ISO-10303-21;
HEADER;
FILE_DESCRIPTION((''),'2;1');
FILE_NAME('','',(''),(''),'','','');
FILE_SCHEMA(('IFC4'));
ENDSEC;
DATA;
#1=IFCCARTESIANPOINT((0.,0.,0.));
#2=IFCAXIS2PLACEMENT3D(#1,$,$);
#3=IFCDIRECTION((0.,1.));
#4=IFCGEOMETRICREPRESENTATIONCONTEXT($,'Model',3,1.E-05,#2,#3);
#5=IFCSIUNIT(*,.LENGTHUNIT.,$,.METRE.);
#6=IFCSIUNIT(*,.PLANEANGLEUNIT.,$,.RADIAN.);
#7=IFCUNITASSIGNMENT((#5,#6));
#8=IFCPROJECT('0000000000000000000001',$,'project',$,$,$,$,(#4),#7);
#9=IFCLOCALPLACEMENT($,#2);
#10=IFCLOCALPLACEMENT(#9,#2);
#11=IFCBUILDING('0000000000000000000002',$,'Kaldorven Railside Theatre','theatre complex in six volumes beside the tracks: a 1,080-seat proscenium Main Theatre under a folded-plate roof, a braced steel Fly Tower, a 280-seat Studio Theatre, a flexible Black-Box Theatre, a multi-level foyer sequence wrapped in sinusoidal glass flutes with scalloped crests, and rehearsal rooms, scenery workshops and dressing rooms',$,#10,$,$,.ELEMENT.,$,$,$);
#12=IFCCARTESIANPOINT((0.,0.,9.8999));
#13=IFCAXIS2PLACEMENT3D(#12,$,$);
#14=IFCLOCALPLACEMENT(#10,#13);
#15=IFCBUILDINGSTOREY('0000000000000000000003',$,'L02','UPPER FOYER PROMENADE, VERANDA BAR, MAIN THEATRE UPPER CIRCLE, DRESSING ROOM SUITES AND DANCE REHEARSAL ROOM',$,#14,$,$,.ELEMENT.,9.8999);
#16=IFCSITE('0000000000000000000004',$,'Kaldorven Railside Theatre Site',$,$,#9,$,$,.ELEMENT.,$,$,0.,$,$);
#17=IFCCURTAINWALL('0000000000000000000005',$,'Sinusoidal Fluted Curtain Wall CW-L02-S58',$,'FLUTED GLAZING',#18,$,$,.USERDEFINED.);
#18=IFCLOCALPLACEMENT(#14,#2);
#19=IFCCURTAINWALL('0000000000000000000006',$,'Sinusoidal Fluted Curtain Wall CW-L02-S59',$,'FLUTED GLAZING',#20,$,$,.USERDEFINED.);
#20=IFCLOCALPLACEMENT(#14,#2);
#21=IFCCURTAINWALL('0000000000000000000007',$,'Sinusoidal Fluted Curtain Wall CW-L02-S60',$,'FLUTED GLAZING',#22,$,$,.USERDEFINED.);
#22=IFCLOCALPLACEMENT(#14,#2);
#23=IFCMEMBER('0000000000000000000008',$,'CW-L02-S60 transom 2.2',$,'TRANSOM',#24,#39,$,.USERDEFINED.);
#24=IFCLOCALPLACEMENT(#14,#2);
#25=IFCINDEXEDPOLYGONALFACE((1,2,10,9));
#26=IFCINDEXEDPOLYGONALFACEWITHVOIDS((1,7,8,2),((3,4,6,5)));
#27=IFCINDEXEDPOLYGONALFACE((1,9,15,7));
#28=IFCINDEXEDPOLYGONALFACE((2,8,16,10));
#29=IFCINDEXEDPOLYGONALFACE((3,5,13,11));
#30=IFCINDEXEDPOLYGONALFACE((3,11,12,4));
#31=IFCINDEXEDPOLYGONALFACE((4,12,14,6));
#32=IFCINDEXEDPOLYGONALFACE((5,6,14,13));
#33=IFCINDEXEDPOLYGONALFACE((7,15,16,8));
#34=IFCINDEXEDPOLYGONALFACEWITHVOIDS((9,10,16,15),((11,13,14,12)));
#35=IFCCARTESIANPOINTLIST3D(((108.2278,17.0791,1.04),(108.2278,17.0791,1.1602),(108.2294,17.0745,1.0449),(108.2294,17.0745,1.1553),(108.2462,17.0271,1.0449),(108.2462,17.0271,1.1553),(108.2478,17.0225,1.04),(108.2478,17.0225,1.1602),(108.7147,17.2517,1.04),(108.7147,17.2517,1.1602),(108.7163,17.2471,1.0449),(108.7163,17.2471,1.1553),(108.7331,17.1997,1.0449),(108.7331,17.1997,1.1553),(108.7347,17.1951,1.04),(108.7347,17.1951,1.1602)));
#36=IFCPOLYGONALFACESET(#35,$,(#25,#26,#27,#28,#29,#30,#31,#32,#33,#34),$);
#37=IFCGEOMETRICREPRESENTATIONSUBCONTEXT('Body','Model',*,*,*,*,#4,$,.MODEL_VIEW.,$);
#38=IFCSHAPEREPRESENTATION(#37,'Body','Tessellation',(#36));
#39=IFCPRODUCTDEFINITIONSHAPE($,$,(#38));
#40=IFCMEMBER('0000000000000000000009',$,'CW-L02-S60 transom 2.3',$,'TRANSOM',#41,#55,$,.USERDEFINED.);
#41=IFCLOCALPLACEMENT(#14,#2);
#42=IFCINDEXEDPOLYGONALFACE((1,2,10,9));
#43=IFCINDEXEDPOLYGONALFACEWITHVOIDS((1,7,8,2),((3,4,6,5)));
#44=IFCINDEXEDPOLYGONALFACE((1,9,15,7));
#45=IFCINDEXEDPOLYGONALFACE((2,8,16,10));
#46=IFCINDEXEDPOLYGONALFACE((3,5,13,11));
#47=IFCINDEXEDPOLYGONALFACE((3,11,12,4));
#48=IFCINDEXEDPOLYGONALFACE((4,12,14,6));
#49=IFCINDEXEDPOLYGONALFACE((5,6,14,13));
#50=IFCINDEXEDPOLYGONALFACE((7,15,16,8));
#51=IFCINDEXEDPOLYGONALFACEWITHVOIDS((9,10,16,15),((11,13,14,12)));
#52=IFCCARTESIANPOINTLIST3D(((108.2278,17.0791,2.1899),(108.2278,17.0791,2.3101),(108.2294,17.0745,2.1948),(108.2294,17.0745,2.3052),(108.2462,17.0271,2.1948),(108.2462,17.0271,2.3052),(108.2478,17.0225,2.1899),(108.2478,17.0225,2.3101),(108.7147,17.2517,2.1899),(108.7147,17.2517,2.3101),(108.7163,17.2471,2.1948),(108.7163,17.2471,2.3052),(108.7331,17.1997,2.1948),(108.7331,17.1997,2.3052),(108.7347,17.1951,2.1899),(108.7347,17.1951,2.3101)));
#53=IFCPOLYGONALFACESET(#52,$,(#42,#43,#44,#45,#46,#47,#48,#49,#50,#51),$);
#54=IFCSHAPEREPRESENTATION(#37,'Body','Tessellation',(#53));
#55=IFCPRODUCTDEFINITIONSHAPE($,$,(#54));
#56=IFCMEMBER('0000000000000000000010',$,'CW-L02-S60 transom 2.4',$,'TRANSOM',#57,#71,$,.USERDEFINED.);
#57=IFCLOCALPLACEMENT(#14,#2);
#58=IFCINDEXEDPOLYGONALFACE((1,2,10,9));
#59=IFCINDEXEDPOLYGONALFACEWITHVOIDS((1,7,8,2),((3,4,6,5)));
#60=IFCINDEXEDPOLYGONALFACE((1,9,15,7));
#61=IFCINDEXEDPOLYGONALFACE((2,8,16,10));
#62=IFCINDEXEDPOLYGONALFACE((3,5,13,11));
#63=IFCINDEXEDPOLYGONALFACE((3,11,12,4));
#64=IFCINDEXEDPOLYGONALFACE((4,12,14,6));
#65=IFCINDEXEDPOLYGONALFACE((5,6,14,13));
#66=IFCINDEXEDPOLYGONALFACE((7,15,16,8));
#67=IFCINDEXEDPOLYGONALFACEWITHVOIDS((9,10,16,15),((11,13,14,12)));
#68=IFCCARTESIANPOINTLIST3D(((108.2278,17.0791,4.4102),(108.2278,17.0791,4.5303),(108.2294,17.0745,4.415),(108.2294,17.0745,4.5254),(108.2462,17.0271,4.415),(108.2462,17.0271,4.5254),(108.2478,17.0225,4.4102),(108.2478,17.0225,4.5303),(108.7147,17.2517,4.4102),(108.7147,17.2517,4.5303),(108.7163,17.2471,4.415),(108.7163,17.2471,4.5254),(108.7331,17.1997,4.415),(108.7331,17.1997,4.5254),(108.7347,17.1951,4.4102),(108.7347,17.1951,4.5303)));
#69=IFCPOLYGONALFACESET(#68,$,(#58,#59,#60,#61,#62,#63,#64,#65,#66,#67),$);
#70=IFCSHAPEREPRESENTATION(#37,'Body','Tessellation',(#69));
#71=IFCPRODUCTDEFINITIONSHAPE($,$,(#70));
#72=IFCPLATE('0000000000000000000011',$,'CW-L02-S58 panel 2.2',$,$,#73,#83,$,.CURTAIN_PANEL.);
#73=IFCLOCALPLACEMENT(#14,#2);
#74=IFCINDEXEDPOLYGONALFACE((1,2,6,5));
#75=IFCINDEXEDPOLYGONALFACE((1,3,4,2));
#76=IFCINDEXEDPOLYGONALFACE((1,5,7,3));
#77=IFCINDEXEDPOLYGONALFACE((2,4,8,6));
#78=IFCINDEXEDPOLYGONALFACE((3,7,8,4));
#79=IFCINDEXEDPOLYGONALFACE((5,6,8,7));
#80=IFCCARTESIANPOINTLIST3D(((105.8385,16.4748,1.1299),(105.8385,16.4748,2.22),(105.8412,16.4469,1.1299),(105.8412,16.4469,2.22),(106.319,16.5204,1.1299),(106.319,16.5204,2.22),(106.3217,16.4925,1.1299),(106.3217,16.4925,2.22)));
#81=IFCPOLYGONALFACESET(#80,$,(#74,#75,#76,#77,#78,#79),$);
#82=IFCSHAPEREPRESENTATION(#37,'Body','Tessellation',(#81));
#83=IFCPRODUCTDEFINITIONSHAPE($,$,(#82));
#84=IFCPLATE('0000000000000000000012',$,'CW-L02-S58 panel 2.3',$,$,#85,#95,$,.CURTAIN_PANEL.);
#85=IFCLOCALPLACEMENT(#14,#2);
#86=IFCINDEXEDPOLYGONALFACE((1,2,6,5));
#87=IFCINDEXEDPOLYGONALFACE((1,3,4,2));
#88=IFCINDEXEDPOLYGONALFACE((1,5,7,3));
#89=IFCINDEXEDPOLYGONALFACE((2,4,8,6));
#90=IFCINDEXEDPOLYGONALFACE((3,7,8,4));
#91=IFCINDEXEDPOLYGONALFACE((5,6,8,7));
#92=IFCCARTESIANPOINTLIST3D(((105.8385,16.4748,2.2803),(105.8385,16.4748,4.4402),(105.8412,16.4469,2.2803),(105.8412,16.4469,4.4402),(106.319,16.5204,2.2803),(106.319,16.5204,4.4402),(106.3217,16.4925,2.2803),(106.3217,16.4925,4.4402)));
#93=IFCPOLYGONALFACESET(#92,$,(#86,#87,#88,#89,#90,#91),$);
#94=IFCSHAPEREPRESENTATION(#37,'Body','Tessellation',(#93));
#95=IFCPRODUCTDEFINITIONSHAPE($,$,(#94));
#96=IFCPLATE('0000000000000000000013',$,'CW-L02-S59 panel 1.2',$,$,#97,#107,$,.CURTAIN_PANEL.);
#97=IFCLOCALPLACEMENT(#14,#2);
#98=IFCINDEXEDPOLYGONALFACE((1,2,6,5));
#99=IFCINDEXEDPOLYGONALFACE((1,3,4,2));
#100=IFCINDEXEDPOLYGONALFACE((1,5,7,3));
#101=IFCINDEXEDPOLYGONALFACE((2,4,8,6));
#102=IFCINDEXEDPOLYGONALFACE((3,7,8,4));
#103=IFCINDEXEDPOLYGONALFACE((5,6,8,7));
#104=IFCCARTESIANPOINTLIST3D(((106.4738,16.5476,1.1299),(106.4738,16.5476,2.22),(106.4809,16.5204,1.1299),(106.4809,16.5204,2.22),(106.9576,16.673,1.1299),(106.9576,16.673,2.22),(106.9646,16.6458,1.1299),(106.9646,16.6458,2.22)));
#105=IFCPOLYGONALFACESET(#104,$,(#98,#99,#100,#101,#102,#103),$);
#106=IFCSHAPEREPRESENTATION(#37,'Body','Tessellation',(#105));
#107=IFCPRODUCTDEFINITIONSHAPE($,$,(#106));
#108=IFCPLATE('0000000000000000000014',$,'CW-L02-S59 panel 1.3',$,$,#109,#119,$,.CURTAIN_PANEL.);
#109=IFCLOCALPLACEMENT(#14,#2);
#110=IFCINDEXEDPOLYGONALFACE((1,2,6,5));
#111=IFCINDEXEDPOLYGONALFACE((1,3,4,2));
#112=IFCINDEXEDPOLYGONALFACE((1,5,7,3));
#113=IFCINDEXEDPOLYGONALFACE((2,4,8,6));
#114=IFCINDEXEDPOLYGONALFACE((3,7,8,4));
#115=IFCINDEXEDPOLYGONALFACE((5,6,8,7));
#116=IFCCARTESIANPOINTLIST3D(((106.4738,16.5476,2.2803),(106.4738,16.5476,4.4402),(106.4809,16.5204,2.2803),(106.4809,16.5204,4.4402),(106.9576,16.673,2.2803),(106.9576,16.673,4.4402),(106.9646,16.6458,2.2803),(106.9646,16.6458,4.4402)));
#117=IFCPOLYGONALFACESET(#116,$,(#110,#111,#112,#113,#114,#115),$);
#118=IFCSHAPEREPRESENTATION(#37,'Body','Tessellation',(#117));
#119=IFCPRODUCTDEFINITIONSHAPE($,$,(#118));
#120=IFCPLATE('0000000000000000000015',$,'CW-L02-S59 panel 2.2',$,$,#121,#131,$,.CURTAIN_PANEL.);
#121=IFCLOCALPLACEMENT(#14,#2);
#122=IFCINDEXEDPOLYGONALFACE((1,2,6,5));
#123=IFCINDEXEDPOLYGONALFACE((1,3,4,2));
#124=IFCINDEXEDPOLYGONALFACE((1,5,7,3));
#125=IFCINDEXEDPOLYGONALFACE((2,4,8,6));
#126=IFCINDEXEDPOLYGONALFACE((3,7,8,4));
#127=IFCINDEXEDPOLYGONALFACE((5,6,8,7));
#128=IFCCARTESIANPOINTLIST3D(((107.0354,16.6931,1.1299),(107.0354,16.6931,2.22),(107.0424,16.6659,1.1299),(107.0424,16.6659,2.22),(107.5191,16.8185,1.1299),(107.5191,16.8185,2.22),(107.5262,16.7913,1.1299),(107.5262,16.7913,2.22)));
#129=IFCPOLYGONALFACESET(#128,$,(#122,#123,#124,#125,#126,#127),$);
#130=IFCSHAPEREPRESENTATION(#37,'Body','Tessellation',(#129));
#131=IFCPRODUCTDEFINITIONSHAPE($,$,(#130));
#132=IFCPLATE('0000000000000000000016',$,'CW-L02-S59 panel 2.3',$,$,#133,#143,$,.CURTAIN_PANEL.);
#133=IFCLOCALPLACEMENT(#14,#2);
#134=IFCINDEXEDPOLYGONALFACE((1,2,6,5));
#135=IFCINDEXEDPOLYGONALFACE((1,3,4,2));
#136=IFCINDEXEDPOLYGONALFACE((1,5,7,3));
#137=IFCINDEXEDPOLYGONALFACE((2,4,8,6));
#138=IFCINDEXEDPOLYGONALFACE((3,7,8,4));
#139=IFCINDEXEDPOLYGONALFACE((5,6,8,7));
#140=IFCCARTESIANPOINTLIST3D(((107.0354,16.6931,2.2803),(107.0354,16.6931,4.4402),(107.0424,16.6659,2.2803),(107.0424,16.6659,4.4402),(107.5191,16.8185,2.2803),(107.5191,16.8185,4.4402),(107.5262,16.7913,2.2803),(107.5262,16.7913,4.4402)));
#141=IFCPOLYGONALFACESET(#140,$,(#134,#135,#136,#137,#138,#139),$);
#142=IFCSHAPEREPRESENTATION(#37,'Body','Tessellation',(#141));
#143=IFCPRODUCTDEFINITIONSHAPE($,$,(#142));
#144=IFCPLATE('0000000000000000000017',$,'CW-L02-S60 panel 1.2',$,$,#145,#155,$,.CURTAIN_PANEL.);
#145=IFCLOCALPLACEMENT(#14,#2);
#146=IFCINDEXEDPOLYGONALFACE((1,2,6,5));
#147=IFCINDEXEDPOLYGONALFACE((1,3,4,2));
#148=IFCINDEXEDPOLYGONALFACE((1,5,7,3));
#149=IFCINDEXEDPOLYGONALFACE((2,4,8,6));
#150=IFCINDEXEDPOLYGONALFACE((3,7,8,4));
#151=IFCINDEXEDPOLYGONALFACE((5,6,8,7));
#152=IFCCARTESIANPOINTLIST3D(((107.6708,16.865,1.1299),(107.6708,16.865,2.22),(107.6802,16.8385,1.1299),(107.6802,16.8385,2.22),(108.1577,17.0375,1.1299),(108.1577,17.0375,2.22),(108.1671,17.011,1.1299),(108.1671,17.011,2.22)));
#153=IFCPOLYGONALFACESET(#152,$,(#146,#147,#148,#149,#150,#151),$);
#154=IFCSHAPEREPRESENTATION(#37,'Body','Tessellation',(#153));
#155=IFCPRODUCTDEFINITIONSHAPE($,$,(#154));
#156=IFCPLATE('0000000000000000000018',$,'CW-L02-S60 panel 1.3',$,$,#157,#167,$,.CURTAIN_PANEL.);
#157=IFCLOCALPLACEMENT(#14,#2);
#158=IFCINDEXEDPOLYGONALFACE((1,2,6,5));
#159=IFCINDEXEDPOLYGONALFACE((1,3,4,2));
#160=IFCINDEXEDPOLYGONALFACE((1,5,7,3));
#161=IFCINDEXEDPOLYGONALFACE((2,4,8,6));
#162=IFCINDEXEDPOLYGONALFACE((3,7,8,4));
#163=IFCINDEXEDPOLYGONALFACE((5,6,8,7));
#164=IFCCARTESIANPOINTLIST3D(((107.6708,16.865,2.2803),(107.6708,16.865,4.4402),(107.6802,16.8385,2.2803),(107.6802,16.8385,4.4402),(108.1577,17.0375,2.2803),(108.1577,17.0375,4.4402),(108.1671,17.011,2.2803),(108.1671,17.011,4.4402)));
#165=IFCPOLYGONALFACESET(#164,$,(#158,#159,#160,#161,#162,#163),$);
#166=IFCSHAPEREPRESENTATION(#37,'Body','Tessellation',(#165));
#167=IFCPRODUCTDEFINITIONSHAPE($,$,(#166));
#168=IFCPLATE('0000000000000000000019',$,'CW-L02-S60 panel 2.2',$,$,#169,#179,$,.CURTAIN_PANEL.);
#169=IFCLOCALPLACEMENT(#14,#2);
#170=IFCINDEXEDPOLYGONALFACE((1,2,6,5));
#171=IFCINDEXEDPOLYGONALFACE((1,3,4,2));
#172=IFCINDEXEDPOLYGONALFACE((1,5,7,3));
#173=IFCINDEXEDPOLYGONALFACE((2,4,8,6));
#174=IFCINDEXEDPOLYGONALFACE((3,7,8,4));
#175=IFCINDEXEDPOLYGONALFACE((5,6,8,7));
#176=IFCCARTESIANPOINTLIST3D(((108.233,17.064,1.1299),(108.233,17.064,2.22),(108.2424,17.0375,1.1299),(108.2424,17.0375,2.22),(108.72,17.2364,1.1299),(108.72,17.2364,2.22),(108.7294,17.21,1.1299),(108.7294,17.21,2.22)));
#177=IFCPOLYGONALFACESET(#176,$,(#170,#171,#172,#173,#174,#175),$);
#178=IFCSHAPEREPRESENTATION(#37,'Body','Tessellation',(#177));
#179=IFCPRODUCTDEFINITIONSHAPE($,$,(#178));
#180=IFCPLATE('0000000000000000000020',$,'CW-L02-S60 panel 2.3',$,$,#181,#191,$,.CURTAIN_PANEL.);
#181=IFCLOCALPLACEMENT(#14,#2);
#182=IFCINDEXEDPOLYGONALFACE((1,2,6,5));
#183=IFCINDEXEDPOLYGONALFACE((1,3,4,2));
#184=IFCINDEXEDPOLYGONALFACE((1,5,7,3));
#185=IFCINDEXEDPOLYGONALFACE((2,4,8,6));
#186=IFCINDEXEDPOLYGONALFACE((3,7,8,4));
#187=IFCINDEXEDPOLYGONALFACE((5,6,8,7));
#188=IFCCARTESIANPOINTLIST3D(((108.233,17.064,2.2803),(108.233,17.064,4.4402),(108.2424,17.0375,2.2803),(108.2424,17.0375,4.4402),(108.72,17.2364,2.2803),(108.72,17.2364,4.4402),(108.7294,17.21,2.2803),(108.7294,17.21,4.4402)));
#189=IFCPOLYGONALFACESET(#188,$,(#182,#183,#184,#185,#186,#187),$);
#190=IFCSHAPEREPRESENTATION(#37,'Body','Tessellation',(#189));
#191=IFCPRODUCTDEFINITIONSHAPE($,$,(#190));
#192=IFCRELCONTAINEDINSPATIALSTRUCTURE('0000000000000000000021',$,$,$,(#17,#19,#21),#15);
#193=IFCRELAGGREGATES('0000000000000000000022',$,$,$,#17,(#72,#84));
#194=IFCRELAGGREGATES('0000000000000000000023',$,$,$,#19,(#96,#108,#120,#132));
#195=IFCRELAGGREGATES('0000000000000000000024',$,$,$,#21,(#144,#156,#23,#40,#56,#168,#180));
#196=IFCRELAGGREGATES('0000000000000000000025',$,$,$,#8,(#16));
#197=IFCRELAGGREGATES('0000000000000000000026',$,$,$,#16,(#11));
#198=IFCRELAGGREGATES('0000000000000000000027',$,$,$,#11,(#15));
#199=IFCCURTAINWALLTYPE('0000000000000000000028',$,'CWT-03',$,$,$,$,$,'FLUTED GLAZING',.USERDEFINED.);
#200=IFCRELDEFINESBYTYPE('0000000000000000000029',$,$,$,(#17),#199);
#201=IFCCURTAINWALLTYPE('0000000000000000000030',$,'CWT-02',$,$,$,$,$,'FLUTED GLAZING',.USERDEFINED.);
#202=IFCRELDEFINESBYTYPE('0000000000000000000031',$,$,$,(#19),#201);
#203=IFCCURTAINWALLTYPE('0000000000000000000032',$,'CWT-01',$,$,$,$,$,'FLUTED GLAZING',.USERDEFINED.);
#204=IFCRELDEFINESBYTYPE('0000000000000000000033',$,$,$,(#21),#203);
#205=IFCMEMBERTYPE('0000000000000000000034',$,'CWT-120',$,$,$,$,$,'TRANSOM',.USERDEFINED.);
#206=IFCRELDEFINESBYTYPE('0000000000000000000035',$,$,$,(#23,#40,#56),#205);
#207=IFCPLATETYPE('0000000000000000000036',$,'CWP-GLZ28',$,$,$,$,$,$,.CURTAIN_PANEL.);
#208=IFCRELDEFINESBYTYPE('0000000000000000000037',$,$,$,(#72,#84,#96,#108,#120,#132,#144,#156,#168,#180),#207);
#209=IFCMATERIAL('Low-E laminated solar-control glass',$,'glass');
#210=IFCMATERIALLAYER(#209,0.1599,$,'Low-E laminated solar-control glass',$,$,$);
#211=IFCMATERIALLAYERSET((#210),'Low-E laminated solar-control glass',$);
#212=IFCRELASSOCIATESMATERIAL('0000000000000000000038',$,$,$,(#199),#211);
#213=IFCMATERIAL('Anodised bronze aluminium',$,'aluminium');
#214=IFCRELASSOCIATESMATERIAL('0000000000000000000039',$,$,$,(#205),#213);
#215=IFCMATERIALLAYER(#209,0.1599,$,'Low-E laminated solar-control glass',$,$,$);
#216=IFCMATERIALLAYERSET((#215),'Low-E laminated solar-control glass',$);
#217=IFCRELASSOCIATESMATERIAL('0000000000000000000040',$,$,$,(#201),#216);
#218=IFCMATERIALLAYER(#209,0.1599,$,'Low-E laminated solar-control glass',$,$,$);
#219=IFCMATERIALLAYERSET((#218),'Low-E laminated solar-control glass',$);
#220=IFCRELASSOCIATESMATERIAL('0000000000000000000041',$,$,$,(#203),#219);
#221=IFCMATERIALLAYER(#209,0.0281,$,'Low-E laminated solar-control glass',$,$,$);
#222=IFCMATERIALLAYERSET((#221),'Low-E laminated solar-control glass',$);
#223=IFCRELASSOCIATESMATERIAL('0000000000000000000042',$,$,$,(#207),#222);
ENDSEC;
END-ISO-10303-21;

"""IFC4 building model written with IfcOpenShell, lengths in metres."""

from ifc_helpers import new_model, si_unit, direction, frame, origin, origin_2d, place, context, subcontext, project, spatial, rectangle, hollow_rectangle, extrude, material, layer, layer_set, material_profile, profile_set, type_object, element, aggregate, save


model = new_model("IFC4")

# Units and contexts
model_context = context("Model", 3, precision=1e-05, world=origin(), true_north=direction((0.0, 1.0)))
body_context = subcontext(model_context, "Body", "Model", "MODEL_VIEW")
ifc_project = project(units=[si_unit("LENGTHUNIT", "METRE"), si_unit("PLANEANGLEUNIT", "RADIAN")], contexts=[model_context])

# Site, building, storey
site_placement = place(None, origin())
site = spatial("IfcSite", under=ifc_project, at=site_placement, Name="Kaldorven Railside Theatre Site", CompositionType="ELEMENT", RefElevation=0.0)
building_placement = place(site_placement, origin())
building = spatial("IfcBuilding", under=site, at=building_placement, Name="Kaldorven Railside Theatre", Description="theatre complex in six volumes beside the tracks: a 1,080-seat proscenium Main Theatre under a folded-plate roof, a braced steel Fly Tower, a 280-seat Studio Theatre, a flexible Black-Box Theatre, a multi-level foyer sequence wrapped in sinusoidal glass flutes with scalloped crests, and rehearsal rooms, scenery workshops and dressing rooms", CompositionType="ELEMENT")
storey_placement = place(building_placement, frame((0.0, 0.0, 9.8999)))
storey = spatial("IfcBuildingStorey", under=building, at=storey_placement, Name="L02", Description="UPPER FOYER PROMENADE, VERANDA BAR, MAIN THEATRE UPPER CIRCLE, DRESSING ROOM SUITES AND DANCE REHEARSAL ROOM", CompositionType="ELEMENT", Elevation=9.8999)

# Curtain walls, members
ifc_material_1 = material(Name="Low-E laminated solar-control glass", Category="glass")
ifc_layer_1 = layer(ifc_material_1, 0.1599, Name="Low-E laminated solar-control glass")
ifc_layer_set_1 = layer_set([ifc_layer_1], Name="Low-E laminated solar-control glass")
curtain_wall_type_1 = type_object("IfcCurtainWallType", Name="CWT-03", ElementType="FLUTED GLAZING", PredefinedType="USERDEFINED", material=ifc_layer_set_1)
curtain_wall_1_placement = place(storey_placement, origin())
curtain_wall_1 = element("IfcCurtainWall", 1, at=curtain_wall_1_placement, inside=storey, type_object=curtain_wall_type_1, Name="Sinusoidal Fluted Curtain Wall CW-L02-S58", ObjectType="FLUTED GLAZING", PredefinedType="USERDEFINED")
ifc_material_2 = material(Name="Anodised bronze aluminium", Category="aluminium")
ifc_material_profile = material_profile(ifc_material_2, hollow_rectangle(XDim=0.0601, YDim=0.1201, WallThickness=0.0049, at=origin_2d()), Name="RHS 120x60x5")
ifc_profile_set = profile_set([ifc_material_profile], Name="Anodised bronze aluminium")
member_type = type_object("IfcMemberType", Name="CWT-120", ElementType="TRANSOM", PredefinedType="USERDEFINED", material=ifc_profile_set)
ifc_layer_2 = layer(ifc_material_1, 0.1599, Name="Low-E laminated solar-control glass")
ifc_layer_set_2 = layer_set([ifc_layer_2], Name="Low-E laminated solar-control glass")
curtain_wall_type_2 = type_object("IfcCurtainWallType", Name="CWT-02", ElementType="FLUTED GLAZING", PredefinedType="USERDEFINED", material=ifc_layer_set_2)
curtain_wall_2_placement = place(storey_placement, origin())
curtain_wall_2 = element("IfcCurtainWall", 2, at=curtain_wall_2_placement, inside=storey, type_object=curtain_wall_type_2, Name="Sinusoidal Fluted Curtain Wall CW-L02-S59", ObjectType="FLUTED GLAZING", PredefinedType="USERDEFINED")
ifc_layer_3 = layer(ifc_material_1, 0.1599, Name="Low-E laminated solar-control glass")
ifc_layer_set_3 = layer_set([ifc_layer_3], Name="Low-E laminated solar-control glass")
curtain_wall_type_3 = type_object("IfcCurtainWallType", Name="CWT-01", ElementType="FLUTED GLAZING", PredefinedType="USERDEFINED", material=ifc_layer_set_3)
curtain_wall_3_placement = place(storey_placement, origin())
curtain_wall_3 = element("IfcCurtainWall", 3, at=curtain_wall_3_placement, inside=storey, type_object=curtain_wall_type_3, Name="Sinusoidal Fluted Curtain Wall CW-L02-S60", ObjectType="FLUTED GLAZING", PredefinedType="USERDEFINED")
member_1_placement = place(storey_placement, frame((108.2378, 17.0508, 1.1001), z_axis=(0.942509, 0.33418, 0.0), x_axis=(-0.33418, 0.942509, 0.0)))
member_1 = element("IfcMember", 4, at=member_1_placement, type_object=member_type, Name="CW-L02-S60 transom 2.2", ObjectType="TRANSOM", PredefinedType="USERDEFINED", context=body_context, shape_type="SweptSolid", body=[
    extrude(hollow_rectangle(XDim=0.0601, YDim=0.1201, WallThickness=0.0049, at=origin_2d()), origin(), (0.0, 0.0, 1.0), 0.5166),
])
member_2_placement = place(storey_placement, frame((108.2378, 17.0508, 2.25), z_axis=(0.942509, 0.33418, 0.0), x_axis=(-0.33418, 0.942509, 0.0)))
member_2 = element("IfcMember", 5, at=member_2_placement, type_object=member_type, Name="CW-L02-S60 transom 2.3", ObjectType="TRANSOM", PredefinedType="USERDEFINED", context=body_context, shape_type="SweptSolid", body=[
    extrude(hollow_rectangle(XDim=0.0601, YDim=0.1201, WallThickness=0.0049, at=origin_2d()), origin(), (0.0, 0.0, 1.0), 0.5166),
])
member_3_placement = place(storey_placement, frame((108.2378, 17.0508, 4.4702), z_axis=(0.942509, 0.33418, 0.0), x_axis=(-0.33418, 0.942509, 0.0)))
member_3 = element("IfcMember", 6, at=member_3_placement, type_object=member_type, Name="CW-L02-S60 transom 2.4", ObjectType="TRANSOM", PredefinedType="USERDEFINED", context=body_context, shape_type="SweptSolid", body=[
    extrude(hollow_rectangle(XDim=0.0601, YDim=0.1201, WallThickness=0.0049, at=origin_2d()), origin(), (0.0, 0.0, 1.0), 0.5166),
])

# Plates
ifc_layer_4 = layer(ifc_material_1, 0.0281, Name="Low-E laminated solar-control glass")
ifc_layer_set_4 = layer_set([ifc_layer_4], Name="Low-E laminated solar-control glass")
plate_type = type_object("IfcPlateType", Name="CWP-GLZ28", PredefinedType="CURTAIN_PANEL", material=ifc_layer_set_4)
plate_1_placement = place(storey_placement, frame((106.0801, 16.4836, 1.1299), z_axis=(0.0, 0.0, 1.0), x_axis=(0.995526, 0.094492, 0.0)))
plate_1 = element("IfcPlate", 7, at=plate_1_placement, type_object=plate_type, Name="CW-L02-S58 panel 2.2", PredefinedType="CURTAIN_PANEL", context=body_context, shape_type="SweptSolid", body=[
    extrude(rectangle(XDim=0.4827, YDim=0.0281, at=origin_2d()), origin(), (0.0, 0.0, 1.0), 1.0901),
])
plate_2_placement = place(storey_placement, frame((106.0801, 16.4836, 2.2803), z_axis=(0.0, 0.0, 1.0), x_axis=(0.995526, 0.094492, 0.0)))
plate_2 = element("IfcPlate", 8, at=plate_2_placement, type_object=plate_type, Name="CW-L02-S58 panel 2.3", PredefinedType="CURTAIN_PANEL", context=body_context, shape_type="SweptSolid", body=[
    extrude(rectangle(XDim=0.4827, YDim=0.0281, at=origin_2d()), origin(), (0.0, 0.0, 1.0), 2.1599),
])
aggregate(curtain_wall_1, [plate_1, plate_2])
plate_3_placement = place(storey_placement, frame((106.7192, 16.5967, 1.1299), z_axis=(0.0, 0.0, 1.0), x_axis=(0.967999, 0.250954, 0.0)))
plate_3 = element("IfcPlate", 9, at=plate_3_placement, type_object=plate_type, Name="CW-L02-S59 panel 1.2", PredefinedType="CURTAIN_PANEL", context=body_context, shape_type="SweptSolid", body=[
    extrude(rectangle(XDim=0.4998, YDim=0.0281, at=origin_2d()), origin(), (0.0, 0.0, 1.0), 1.0901),
])
plate_4_placement = place(storey_placement, frame((106.7192, 16.5967, 2.2803), z_axis=(0.0, 0.0, 1.0), x_axis=(0.967999, 0.250954, 0.0)))
plate_4 = element("IfcPlate", 10, at=plate_4_placement, type_object=plate_type, Name="CW-L02-S59 panel 1.3", PredefinedType="CURTAIN_PANEL", context=body_context, shape_type="SweptSolid", body=[
    extrude(rectangle(XDim=0.4998, YDim=0.0281, at=origin_2d()), origin(), (0.0, 0.0, 1.0), 2.1599),
])
plate_5_placement = place(storey_placement, frame((107.2808, 16.7422, 1.1299), z_axis=(0.0, 0.0, 1.0), x_axis=(0.967999, 0.250954, 0.0)))
plate_5 = element("IfcPlate", 11, at=plate_5_placement, type_object=plate_type, Name="CW-L02-S59 panel 2.2", PredefinedType="CURTAIN_PANEL", context=body_context, shape_type="SweptSolid", body=[
    extrude(rectangle(XDim=0.4998, YDim=0.0281, at=origin_2d()), origin(), (0.0, 0.0, 1.0), 1.0901),
])
plate_6_placement = place(storey_placement, frame((107.2808, 16.7422, 2.2803), z_axis=(0.0, 0.0, 1.0), x_axis=(0.967999, 0.250954, 0.0)))
plate_6 = element("IfcPlate", 12, at=plate_6_placement, type_object=plate_type, Name="CW-L02-S59 panel 2.3", PredefinedType="CURTAIN_PANEL", context=body_context, shape_type="SweptSolid", body=[
    extrude(rectangle(XDim=0.4998, YDim=0.0281, at=origin_2d()), origin(), (0.0, 0.0, 1.0), 2.1599),
])
aggregate(curtain_wall_2, [plate_3, plate_4, plate_5, plate_6])
plate_7_placement = place(storey_placement, frame((107.9189, 16.938, 1.1299), z_axis=(0.0, 0.0, 1.0), x_axis=(0.942627, 0.333847, 0.0)))
plate_7 = element("IfcPlate", 13, at=plate_7_placement, type_object=plate_type, Name="CW-L02-S60 panel 1.2", PredefinedType="CURTAIN_PANEL", context=body_context, shape_type="SweptSolid", body=[
    extrude(rectangle(XDim=0.5166, YDim=0.0281, at=origin_2d()), origin(), (0.0, 0.0, 1.0), 1.0901),
])
plate_8_placement = place(storey_placement, frame((107.9189, 16.938, 2.2803), z_axis=(0.0, 0.0, 1.0), x_axis=(0.942627, 0.333847, 0.0)))
plate_8 = element("IfcPlate", 14, at=plate_8_placement, type_object=plate_type, Name="CW-L02-S60 panel 1.3", PredefinedType="CURTAIN_PANEL", context=body_context, shape_type="SweptSolid", body=[
    extrude(rectangle(XDim=0.5166, YDim=0.0281, at=origin_2d()), origin(), (0.0, 0.0, 1.0), 2.1599),
])
plate_9_placement = place(storey_placement, frame((108.4812, 17.137, 1.1299), z_axis=(0.0, 0.0, 1.0), x_axis=(0.942627, 0.333847, 0.0)))
plate_9 = element("IfcPlate", 15, at=plate_9_placement, type_object=plate_type, Name="CW-L02-S60 panel 2.2", PredefinedType="CURTAIN_PANEL", context=body_context, shape_type="SweptSolid", body=[
    extrude(rectangle(XDim=0.5166, YDim=0.0281, at=origin_2d()), origin(), (0.0, 0.0, 1.0), 1.0901),
])
plate_10_placement = place(storey_placement, frame((108.4812, 17.137, 2.2803), z_axis=(0.0, 0.0, 1.0), x_axis=(0.942627, 0.333847, 0.0)))
plate_10 = element("IfcPlate", 16, at=plate_10_placement, type_object=plate_type, Name="CW-L02-S60 panel 2.3", PredefinedType="CURTAIN_PANEL", context=body_context, shape_type="SweptSolid", body=[
    extrude(rectangle(XDim=0.5166, YDim=0.0281, at=origin_2d()), origin(), (0.0, 0.0, 1.0), 2.1599),
])
aggregate(curtain_wall_3, [plate_7, plate_8, member_1, member_2, member_3, plate_9, plate_10])

save(model, "model.ifc")
